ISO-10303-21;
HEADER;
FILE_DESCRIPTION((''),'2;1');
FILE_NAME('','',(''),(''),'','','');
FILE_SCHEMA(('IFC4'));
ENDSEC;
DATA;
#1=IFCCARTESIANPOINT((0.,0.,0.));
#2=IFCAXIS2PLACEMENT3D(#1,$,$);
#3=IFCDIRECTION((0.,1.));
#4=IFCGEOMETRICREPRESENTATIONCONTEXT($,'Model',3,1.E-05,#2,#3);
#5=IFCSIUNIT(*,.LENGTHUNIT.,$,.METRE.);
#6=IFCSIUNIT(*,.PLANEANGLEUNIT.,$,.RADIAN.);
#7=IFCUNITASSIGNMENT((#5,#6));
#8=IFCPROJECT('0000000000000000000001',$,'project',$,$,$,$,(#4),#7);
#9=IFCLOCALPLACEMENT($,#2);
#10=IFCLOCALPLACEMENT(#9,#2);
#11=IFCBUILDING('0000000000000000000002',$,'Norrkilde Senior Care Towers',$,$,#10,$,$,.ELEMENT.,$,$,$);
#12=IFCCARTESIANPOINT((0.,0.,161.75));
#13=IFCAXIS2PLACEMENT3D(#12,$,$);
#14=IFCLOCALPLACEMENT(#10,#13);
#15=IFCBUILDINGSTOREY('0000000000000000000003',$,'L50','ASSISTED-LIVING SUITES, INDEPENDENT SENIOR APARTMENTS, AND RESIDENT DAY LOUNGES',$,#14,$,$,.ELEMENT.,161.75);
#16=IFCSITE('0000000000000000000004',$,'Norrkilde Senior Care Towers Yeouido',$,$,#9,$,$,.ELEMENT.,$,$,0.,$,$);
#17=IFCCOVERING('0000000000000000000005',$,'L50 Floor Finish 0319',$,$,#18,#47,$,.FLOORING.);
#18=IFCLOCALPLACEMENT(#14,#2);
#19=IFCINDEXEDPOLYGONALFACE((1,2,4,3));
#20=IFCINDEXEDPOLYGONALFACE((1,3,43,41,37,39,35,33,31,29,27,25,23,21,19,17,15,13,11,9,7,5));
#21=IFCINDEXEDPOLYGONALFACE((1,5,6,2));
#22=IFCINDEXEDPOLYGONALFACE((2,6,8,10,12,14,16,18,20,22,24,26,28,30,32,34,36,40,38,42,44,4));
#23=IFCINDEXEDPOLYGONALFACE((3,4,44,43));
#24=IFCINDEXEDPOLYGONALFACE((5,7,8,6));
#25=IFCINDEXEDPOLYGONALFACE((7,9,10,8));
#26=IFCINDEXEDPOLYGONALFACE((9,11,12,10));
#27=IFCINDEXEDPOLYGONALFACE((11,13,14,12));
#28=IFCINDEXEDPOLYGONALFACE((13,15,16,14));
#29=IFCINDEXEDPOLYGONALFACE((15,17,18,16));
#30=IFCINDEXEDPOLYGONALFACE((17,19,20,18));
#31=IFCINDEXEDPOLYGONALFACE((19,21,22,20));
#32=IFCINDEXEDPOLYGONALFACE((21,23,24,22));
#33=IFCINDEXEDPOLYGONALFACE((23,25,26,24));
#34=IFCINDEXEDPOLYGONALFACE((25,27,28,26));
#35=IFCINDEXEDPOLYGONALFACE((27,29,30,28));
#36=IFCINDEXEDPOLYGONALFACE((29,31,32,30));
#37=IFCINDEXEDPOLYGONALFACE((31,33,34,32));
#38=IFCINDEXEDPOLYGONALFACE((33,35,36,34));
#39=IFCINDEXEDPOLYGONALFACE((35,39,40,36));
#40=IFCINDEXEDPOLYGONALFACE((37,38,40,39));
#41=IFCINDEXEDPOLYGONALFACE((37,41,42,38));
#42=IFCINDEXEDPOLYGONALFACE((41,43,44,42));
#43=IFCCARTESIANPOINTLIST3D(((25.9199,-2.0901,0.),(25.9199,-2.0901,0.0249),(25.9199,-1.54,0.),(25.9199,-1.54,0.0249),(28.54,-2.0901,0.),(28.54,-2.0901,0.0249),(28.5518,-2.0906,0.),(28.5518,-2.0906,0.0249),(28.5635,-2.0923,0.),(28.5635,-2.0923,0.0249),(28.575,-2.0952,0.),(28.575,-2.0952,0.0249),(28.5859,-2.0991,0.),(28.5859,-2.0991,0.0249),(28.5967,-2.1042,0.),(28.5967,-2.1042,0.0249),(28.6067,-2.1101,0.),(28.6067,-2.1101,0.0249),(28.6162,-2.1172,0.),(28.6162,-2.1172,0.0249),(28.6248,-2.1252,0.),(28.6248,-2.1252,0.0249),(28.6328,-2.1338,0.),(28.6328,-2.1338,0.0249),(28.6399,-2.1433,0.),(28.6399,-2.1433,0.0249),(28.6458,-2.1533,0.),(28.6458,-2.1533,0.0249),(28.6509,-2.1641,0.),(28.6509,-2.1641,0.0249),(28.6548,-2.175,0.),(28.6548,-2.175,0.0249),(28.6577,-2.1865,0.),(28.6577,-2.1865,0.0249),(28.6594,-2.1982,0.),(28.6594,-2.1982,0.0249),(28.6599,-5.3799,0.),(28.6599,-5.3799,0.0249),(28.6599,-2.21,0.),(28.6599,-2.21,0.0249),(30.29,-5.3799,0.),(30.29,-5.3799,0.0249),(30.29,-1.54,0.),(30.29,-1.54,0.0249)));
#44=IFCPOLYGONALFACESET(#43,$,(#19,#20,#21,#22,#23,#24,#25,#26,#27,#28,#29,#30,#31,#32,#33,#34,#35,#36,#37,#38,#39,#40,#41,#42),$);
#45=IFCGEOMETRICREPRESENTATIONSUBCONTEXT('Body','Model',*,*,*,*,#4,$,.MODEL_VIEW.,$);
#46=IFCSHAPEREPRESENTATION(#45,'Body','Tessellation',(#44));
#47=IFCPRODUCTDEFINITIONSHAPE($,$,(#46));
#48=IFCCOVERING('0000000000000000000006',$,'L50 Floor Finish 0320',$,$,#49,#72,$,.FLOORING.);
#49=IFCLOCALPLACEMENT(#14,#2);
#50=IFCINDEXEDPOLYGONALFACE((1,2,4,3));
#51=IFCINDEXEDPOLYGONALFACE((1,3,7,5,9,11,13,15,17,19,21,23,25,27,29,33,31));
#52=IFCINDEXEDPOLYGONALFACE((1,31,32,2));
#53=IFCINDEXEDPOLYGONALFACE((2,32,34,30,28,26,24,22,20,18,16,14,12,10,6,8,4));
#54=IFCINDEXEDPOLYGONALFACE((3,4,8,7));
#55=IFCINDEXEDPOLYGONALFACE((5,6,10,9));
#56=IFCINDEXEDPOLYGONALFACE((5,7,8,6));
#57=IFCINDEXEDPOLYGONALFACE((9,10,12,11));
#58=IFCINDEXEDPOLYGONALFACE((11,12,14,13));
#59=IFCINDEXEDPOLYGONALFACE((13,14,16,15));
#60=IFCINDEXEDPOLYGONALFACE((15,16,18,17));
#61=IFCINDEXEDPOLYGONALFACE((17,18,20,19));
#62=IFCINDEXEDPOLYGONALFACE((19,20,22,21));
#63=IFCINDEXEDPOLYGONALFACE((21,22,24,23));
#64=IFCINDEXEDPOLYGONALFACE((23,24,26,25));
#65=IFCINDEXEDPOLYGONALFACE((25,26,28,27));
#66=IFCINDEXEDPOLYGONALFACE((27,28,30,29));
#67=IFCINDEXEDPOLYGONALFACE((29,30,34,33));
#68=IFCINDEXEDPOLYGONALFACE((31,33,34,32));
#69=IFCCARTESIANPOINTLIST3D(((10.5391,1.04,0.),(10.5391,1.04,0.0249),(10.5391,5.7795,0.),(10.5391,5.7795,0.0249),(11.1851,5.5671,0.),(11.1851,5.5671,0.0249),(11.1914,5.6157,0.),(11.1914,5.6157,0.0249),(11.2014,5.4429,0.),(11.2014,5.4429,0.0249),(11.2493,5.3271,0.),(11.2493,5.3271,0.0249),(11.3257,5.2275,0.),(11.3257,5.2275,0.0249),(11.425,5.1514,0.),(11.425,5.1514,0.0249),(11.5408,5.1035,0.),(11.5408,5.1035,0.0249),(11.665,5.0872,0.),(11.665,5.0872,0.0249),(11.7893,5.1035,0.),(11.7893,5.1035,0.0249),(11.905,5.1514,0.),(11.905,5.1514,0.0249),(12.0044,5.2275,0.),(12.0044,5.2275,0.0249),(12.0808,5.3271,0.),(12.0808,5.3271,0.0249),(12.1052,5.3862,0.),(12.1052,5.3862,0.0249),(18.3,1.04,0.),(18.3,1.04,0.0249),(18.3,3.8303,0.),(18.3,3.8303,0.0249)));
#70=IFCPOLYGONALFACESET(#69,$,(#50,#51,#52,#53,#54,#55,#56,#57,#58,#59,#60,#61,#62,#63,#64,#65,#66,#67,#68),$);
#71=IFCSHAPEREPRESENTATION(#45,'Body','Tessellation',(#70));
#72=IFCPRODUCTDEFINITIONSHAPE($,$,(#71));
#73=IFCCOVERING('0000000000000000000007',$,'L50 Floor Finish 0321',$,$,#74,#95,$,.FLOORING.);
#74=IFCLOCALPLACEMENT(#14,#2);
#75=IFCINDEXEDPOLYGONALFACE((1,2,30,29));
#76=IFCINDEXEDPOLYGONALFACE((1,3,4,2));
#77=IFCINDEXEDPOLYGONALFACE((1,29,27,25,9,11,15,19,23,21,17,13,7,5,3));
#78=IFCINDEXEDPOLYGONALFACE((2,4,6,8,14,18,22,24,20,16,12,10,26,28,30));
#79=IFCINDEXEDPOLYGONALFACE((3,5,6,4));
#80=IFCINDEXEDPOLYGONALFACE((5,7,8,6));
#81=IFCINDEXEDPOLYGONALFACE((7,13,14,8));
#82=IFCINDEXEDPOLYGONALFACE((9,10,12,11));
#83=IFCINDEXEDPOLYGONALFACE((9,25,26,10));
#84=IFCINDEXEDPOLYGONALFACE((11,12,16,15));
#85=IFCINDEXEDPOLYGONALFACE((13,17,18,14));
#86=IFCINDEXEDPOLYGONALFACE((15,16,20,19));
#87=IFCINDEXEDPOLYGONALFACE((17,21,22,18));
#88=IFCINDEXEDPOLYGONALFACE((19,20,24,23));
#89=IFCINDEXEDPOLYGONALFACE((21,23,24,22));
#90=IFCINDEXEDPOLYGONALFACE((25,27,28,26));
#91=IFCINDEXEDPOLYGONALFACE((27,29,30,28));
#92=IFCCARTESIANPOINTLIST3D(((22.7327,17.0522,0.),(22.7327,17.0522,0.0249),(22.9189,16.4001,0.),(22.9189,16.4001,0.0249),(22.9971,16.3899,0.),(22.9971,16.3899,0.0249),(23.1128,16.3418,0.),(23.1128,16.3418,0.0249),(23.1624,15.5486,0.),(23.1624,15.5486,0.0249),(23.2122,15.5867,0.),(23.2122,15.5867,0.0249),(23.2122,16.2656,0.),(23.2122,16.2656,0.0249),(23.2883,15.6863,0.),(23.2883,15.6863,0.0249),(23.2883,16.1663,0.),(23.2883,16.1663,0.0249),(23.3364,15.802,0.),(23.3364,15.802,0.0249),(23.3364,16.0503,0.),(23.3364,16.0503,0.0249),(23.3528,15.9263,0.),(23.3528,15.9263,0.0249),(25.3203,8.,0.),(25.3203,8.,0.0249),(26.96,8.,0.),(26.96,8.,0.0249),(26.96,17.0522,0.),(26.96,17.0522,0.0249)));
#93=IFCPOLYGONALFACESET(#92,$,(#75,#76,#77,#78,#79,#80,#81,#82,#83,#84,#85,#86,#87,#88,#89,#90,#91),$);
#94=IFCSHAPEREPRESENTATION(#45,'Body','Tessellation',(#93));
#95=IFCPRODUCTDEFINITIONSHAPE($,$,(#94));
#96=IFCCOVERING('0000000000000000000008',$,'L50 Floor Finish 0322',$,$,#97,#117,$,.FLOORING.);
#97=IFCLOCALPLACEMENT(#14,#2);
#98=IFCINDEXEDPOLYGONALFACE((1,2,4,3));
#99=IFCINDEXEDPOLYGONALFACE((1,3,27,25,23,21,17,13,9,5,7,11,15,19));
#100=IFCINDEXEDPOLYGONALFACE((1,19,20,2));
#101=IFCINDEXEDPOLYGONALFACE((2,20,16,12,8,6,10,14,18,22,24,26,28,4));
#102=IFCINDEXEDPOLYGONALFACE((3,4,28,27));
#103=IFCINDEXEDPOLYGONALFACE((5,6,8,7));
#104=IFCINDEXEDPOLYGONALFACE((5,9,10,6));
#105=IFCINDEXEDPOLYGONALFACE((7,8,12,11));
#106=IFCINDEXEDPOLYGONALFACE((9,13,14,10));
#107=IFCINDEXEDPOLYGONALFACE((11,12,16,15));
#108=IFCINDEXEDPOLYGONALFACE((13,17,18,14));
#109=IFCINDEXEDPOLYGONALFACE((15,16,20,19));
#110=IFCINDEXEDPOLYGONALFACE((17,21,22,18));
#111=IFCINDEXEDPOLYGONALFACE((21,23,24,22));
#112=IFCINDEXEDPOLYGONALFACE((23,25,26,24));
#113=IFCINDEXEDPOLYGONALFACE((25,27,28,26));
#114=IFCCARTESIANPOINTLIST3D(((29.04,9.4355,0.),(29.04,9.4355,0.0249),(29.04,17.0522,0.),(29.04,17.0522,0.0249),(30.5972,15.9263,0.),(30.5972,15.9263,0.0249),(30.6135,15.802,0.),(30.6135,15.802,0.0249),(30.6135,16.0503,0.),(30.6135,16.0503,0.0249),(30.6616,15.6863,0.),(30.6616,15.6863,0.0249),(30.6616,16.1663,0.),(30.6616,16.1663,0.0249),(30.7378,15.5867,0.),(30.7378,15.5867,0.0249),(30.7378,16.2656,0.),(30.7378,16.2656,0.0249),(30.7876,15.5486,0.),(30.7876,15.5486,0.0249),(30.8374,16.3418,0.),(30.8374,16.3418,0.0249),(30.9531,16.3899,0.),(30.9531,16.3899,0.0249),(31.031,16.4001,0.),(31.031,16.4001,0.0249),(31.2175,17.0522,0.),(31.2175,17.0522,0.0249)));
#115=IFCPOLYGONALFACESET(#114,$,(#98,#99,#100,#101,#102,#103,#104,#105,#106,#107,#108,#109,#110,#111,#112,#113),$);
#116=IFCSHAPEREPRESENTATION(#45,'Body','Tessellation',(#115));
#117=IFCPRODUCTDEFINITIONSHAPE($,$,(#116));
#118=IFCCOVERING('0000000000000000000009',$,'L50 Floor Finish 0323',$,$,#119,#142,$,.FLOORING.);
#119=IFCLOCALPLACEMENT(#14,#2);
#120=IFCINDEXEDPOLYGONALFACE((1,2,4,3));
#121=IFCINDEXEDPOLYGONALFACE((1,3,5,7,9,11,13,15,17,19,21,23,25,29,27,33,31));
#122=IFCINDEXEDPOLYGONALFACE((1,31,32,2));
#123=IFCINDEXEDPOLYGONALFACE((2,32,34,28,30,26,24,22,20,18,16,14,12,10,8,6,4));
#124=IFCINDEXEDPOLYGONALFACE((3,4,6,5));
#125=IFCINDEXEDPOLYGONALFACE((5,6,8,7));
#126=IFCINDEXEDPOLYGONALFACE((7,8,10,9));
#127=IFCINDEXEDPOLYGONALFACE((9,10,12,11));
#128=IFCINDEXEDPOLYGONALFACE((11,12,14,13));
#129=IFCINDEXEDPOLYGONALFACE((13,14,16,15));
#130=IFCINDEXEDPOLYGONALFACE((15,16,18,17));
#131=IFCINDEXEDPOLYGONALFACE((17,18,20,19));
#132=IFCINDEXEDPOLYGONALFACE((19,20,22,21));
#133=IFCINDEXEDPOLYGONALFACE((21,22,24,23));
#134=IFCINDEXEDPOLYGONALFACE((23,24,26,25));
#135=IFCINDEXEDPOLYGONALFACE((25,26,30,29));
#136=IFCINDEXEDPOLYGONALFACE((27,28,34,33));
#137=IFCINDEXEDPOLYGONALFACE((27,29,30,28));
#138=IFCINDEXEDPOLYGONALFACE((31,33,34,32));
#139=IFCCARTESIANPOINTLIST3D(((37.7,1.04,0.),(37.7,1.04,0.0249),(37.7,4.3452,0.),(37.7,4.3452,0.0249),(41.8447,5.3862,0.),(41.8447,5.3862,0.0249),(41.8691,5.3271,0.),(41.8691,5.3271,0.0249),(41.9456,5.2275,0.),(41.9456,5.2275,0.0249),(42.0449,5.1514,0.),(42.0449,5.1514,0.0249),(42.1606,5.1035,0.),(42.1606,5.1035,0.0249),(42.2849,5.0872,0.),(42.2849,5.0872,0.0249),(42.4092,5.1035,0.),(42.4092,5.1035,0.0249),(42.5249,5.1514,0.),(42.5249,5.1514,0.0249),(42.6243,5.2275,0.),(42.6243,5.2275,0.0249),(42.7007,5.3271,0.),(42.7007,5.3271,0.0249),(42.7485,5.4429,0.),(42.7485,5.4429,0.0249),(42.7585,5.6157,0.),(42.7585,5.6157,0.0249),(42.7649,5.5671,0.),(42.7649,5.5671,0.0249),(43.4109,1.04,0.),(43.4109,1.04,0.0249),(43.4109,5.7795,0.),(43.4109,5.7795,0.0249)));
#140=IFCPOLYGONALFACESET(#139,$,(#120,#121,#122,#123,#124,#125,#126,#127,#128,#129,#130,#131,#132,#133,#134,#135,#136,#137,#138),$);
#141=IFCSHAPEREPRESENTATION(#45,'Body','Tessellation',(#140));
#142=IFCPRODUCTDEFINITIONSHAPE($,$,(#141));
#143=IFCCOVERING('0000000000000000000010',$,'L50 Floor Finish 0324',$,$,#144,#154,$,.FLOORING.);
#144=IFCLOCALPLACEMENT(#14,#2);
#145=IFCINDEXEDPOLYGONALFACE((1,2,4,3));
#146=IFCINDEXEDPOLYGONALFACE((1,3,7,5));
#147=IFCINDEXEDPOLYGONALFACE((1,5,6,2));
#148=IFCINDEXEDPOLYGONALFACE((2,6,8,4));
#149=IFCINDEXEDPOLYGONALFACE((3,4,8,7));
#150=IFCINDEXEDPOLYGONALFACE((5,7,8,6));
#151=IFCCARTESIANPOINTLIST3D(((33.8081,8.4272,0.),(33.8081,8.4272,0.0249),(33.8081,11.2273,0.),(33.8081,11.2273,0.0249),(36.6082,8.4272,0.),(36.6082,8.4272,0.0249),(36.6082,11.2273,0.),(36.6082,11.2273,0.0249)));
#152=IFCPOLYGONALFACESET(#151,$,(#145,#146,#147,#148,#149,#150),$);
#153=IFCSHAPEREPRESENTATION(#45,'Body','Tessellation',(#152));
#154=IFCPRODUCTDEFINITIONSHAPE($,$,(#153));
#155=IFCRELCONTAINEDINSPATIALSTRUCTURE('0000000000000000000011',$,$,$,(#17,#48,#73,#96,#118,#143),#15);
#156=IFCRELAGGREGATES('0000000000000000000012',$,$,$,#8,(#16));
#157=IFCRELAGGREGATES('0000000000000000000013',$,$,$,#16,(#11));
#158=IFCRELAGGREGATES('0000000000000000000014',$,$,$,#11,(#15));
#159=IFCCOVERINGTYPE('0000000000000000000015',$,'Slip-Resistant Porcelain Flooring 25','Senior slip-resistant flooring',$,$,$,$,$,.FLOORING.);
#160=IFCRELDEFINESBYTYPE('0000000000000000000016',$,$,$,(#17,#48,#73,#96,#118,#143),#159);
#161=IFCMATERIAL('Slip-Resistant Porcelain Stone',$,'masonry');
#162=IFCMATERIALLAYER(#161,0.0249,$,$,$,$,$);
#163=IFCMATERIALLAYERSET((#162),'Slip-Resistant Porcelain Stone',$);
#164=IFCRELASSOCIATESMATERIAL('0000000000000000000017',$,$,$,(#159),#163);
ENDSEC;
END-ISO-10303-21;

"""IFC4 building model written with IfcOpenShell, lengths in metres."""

from ifc_helpers import new_model, si_unit, direction, frame, origin, place, context, subcontext, project, spatial, polyline, outline, extrude, material, layer, layer_set, type_object, element, save


model = new_model("IFC4")

# Units and contexts
model_context = context("Model", 3, precision=1e-05, world=origin(), true_north=direction((0.0, 1.0)))
body_context = subcontext(model_context, "Body", "Model", "MODEL_VIEW")
ifc_project = project(units=[si_unit("LENGTHUNIT", "METRE"), si_unit("PLANEANGLEUNIT", "RADIAN")], contexts=[model_context])

# Site, building, storey
site_placement = place(None, origin())
site = spatial("IfcSite", under=ifc_project, at=site_placement, Name="Norrkilde Senior Care Towers Yeouido", CompositionType="ELEMENT", RefElevation=0.0)
building_placement = place(site_placement, origin())
building = spatial("IfcBuilding", under=site, at=building_placement, Name="Norrkilde Senior Care Towers", CompositionType="ELEMENT")
storey_placement = place(building_placement, frame((0.0, 0.0, 161.75)))
storey = spatial("IfcBuildingStorey", under=building, at=storey_placement, Name="L50", Description="ASSISTED-LIVING SUITES, INDEPENDENT SENIOR APARTMENTS, AND RESIDENT DAY LOUNGES", CompositionType="ELEMENT", Elevation=161.75)

# Coverings
ifc_material_1 = material(Name="Slip-Resistant Porcelain Stone", Category="masonry")
ifc_layer_1 = layer(ifc_material_1, 0.0249)
ifc_layer_set_1 = layer_set([ifc_layer_1], Name="Slip-Resistant Porcelain Stone")
covering_type_1 = type_object("IfcCoveringType", Name="Slip-Resistant Porcelain Flooring 25", Description="Senior slip-resistant flooring", PredefinedType="FLOORING", material=ifc_layer_set_1)
covering_1_placement = place(storey_placement, origin())
element("IfcCovering", 1, at=covering_1_placement, inside=storey, type_object=covering_type_1, Name="L50 Floor Finish 0319", PredefinedType="FLOORING", context=body_context, shape_type="SweptSolid", body=[
    extrude(outline(polyline([(28.6548, -2.175), (28.6509, -2.1641), (28.6458, -2.1533), (28.6399, -2.1433), (28.6328, -2.1338), (28.6248, -2.1252), (28.6162, -2.1172), (28.6067, -2.1101), (28.5967, -2.1042), (28.5859, -2.0991), (28.575, -2.0952), (28.5635, -2.0923), (28.5518, -2.0906), (28.54, -2.0901), (25.9199, -2.0901), (25.9199, -1.54), (30.29, -1.54), (30.29, -5.3799), (28.6599, -5.3799), (28.6599, -2.21), (28.6594, -2.1982), (28.6577, -2.1865), (28.6548, -2.175)])), origin(), (0.0, 0.0, 1.0), 0.0249),
])
covering_2_placement = place(storey_placement, origin())
element("IfcCovering", 2, at=covering_2_placement, inside=storey, type_object=covering_type_1, Name="L50 Floor Finish 0320", PredefinedType="FLOORING", context=body_context, shape_type="SweptSolid", body=[
    extrude(outline(polyline([(18.3, 1.04), (10.5391, 1.04), (10.5391, 5.7795), (11.1914, 5.6157), (11.1851, 5.5671), (11.2014, 5.4429), (11.2493, 5.3271), (11.3257, 5.2275), (11.425, 5.1514), (11.5408, 5.1035), (11.665, 5.0872), (11.7893, 5.1035), (11.905, 5.1514), (12.0044, 5.2275), (12.0808, 5.3271), (12.1052, 5.3862), (18.3, 3.8303), (18.3, 1.04)])), origin(), (0.0, 0.0, 1.0), 0.0249),
])
covering_3_placement = place(storey_placement, origin())
element("IfcCovering", 3, at=covering_3_placement, inside=storey, type_object=covering_type_1, Name="L50 Floor Finish 0321", PredefinedType="FLOORING", context=body_context, shape_type="SweptSolid", body=[
    extrude(outline(polyline([(26.96, 17.0522), (26.96, 8.0), (25.3203, 8.0), (23.1624, 15.5486), (23.2122, 15.5867), (23.2883, 15.6863), (23.3364, 15.802), (23.3528, 15.9263), (23.3364, 16.0503), (23.2883, 16.1663), (23.2122, 16.2656), (23.1128, 16.3418), (22.9971, 16.3899), (22.9189, 16.4001), (22.7327, 17.0522), (26.96, 17.0522)])), origin(), (0.0, 0.0, 1.0), 0.0249),
])
covering_4_placement = place(storey_placement, origin())
element("IfcCovering", 4, at=covering_4_placement, inside=storey, type_object=covering_type_1, Name="L50 Floor Finish 0322", PredefinedType="FLOORING", context=body_context, shape_type="SweptSolid", body=[
    extrude(outline(polyline([(31.2175, 17.0522), (31.031, 16.4001), (30.9531, 16.3899), (30.8374, 16.3418), (30.7378, 16.2656), (30.6616, 16.1663), (30.6135, 16.0503), (30.5972, 15.9263), (30.6135, 15.802), (30.6616, 15.6863), (30.7378, 15.5867), (30.7876, 15.5486), (29.04, 9.4355), (29.04, 17.0522), (31.2175, 17.0522)])), origin(), (0.0, 0.0, 1.0), 0.0249),
])
covering_5_placement = place(storey_placement, origin())
element("IfcCovering", 5, at=covering_5_placement, inside=storey, type_object=covering_type_1, Name="L50 Floor Finish 0323", PredefinedType="FLOORING", context=body_context, shape_type="SweptSolid", body=[
    extrude(outline(polyline([(43.4109, 1.04), (37.7, 1.04), (37.7, 4.3452), (41.8447, 5.3862), (41.8691, 5.3271), (41.9456, 5.2275), (42.0449, 5.1514), (42.1606, 5.1035), (42.2849, 5.0872), (42.4092, 5.1035), (42.5249, 5.1514), (42.6243, 5.2275), (42.7007, 5.3271), (42.7485, 5.4429), (42.7649, 5.5671), (42.7585, 5.6157), (43.4109, 5.7795), (43.4109, 1.04)])), origin(), (0.0, 0.0, 1.0), 0.0249),
])
covering_6_placement = place(storey_placement, origin())
element("IfcCovering", 6, at=covering_6_placement, inside=storey, type_object=covering_type_1, Name="L50 Floor Finish 0324", PredefinedType="FLOORING", context=body_context, shape_type="SweptSolid", body=[
    extrude(outline(polyline([(33.8081, 8.4272), (33.8081, 11.2273), (36.6082, 11.2273), (36.6082, 8.4272), (33.8081, 8.4272)])), origin(), (0.0, 0.0, 1.0), 0.0249),
])

save(model, "model.ifc")
